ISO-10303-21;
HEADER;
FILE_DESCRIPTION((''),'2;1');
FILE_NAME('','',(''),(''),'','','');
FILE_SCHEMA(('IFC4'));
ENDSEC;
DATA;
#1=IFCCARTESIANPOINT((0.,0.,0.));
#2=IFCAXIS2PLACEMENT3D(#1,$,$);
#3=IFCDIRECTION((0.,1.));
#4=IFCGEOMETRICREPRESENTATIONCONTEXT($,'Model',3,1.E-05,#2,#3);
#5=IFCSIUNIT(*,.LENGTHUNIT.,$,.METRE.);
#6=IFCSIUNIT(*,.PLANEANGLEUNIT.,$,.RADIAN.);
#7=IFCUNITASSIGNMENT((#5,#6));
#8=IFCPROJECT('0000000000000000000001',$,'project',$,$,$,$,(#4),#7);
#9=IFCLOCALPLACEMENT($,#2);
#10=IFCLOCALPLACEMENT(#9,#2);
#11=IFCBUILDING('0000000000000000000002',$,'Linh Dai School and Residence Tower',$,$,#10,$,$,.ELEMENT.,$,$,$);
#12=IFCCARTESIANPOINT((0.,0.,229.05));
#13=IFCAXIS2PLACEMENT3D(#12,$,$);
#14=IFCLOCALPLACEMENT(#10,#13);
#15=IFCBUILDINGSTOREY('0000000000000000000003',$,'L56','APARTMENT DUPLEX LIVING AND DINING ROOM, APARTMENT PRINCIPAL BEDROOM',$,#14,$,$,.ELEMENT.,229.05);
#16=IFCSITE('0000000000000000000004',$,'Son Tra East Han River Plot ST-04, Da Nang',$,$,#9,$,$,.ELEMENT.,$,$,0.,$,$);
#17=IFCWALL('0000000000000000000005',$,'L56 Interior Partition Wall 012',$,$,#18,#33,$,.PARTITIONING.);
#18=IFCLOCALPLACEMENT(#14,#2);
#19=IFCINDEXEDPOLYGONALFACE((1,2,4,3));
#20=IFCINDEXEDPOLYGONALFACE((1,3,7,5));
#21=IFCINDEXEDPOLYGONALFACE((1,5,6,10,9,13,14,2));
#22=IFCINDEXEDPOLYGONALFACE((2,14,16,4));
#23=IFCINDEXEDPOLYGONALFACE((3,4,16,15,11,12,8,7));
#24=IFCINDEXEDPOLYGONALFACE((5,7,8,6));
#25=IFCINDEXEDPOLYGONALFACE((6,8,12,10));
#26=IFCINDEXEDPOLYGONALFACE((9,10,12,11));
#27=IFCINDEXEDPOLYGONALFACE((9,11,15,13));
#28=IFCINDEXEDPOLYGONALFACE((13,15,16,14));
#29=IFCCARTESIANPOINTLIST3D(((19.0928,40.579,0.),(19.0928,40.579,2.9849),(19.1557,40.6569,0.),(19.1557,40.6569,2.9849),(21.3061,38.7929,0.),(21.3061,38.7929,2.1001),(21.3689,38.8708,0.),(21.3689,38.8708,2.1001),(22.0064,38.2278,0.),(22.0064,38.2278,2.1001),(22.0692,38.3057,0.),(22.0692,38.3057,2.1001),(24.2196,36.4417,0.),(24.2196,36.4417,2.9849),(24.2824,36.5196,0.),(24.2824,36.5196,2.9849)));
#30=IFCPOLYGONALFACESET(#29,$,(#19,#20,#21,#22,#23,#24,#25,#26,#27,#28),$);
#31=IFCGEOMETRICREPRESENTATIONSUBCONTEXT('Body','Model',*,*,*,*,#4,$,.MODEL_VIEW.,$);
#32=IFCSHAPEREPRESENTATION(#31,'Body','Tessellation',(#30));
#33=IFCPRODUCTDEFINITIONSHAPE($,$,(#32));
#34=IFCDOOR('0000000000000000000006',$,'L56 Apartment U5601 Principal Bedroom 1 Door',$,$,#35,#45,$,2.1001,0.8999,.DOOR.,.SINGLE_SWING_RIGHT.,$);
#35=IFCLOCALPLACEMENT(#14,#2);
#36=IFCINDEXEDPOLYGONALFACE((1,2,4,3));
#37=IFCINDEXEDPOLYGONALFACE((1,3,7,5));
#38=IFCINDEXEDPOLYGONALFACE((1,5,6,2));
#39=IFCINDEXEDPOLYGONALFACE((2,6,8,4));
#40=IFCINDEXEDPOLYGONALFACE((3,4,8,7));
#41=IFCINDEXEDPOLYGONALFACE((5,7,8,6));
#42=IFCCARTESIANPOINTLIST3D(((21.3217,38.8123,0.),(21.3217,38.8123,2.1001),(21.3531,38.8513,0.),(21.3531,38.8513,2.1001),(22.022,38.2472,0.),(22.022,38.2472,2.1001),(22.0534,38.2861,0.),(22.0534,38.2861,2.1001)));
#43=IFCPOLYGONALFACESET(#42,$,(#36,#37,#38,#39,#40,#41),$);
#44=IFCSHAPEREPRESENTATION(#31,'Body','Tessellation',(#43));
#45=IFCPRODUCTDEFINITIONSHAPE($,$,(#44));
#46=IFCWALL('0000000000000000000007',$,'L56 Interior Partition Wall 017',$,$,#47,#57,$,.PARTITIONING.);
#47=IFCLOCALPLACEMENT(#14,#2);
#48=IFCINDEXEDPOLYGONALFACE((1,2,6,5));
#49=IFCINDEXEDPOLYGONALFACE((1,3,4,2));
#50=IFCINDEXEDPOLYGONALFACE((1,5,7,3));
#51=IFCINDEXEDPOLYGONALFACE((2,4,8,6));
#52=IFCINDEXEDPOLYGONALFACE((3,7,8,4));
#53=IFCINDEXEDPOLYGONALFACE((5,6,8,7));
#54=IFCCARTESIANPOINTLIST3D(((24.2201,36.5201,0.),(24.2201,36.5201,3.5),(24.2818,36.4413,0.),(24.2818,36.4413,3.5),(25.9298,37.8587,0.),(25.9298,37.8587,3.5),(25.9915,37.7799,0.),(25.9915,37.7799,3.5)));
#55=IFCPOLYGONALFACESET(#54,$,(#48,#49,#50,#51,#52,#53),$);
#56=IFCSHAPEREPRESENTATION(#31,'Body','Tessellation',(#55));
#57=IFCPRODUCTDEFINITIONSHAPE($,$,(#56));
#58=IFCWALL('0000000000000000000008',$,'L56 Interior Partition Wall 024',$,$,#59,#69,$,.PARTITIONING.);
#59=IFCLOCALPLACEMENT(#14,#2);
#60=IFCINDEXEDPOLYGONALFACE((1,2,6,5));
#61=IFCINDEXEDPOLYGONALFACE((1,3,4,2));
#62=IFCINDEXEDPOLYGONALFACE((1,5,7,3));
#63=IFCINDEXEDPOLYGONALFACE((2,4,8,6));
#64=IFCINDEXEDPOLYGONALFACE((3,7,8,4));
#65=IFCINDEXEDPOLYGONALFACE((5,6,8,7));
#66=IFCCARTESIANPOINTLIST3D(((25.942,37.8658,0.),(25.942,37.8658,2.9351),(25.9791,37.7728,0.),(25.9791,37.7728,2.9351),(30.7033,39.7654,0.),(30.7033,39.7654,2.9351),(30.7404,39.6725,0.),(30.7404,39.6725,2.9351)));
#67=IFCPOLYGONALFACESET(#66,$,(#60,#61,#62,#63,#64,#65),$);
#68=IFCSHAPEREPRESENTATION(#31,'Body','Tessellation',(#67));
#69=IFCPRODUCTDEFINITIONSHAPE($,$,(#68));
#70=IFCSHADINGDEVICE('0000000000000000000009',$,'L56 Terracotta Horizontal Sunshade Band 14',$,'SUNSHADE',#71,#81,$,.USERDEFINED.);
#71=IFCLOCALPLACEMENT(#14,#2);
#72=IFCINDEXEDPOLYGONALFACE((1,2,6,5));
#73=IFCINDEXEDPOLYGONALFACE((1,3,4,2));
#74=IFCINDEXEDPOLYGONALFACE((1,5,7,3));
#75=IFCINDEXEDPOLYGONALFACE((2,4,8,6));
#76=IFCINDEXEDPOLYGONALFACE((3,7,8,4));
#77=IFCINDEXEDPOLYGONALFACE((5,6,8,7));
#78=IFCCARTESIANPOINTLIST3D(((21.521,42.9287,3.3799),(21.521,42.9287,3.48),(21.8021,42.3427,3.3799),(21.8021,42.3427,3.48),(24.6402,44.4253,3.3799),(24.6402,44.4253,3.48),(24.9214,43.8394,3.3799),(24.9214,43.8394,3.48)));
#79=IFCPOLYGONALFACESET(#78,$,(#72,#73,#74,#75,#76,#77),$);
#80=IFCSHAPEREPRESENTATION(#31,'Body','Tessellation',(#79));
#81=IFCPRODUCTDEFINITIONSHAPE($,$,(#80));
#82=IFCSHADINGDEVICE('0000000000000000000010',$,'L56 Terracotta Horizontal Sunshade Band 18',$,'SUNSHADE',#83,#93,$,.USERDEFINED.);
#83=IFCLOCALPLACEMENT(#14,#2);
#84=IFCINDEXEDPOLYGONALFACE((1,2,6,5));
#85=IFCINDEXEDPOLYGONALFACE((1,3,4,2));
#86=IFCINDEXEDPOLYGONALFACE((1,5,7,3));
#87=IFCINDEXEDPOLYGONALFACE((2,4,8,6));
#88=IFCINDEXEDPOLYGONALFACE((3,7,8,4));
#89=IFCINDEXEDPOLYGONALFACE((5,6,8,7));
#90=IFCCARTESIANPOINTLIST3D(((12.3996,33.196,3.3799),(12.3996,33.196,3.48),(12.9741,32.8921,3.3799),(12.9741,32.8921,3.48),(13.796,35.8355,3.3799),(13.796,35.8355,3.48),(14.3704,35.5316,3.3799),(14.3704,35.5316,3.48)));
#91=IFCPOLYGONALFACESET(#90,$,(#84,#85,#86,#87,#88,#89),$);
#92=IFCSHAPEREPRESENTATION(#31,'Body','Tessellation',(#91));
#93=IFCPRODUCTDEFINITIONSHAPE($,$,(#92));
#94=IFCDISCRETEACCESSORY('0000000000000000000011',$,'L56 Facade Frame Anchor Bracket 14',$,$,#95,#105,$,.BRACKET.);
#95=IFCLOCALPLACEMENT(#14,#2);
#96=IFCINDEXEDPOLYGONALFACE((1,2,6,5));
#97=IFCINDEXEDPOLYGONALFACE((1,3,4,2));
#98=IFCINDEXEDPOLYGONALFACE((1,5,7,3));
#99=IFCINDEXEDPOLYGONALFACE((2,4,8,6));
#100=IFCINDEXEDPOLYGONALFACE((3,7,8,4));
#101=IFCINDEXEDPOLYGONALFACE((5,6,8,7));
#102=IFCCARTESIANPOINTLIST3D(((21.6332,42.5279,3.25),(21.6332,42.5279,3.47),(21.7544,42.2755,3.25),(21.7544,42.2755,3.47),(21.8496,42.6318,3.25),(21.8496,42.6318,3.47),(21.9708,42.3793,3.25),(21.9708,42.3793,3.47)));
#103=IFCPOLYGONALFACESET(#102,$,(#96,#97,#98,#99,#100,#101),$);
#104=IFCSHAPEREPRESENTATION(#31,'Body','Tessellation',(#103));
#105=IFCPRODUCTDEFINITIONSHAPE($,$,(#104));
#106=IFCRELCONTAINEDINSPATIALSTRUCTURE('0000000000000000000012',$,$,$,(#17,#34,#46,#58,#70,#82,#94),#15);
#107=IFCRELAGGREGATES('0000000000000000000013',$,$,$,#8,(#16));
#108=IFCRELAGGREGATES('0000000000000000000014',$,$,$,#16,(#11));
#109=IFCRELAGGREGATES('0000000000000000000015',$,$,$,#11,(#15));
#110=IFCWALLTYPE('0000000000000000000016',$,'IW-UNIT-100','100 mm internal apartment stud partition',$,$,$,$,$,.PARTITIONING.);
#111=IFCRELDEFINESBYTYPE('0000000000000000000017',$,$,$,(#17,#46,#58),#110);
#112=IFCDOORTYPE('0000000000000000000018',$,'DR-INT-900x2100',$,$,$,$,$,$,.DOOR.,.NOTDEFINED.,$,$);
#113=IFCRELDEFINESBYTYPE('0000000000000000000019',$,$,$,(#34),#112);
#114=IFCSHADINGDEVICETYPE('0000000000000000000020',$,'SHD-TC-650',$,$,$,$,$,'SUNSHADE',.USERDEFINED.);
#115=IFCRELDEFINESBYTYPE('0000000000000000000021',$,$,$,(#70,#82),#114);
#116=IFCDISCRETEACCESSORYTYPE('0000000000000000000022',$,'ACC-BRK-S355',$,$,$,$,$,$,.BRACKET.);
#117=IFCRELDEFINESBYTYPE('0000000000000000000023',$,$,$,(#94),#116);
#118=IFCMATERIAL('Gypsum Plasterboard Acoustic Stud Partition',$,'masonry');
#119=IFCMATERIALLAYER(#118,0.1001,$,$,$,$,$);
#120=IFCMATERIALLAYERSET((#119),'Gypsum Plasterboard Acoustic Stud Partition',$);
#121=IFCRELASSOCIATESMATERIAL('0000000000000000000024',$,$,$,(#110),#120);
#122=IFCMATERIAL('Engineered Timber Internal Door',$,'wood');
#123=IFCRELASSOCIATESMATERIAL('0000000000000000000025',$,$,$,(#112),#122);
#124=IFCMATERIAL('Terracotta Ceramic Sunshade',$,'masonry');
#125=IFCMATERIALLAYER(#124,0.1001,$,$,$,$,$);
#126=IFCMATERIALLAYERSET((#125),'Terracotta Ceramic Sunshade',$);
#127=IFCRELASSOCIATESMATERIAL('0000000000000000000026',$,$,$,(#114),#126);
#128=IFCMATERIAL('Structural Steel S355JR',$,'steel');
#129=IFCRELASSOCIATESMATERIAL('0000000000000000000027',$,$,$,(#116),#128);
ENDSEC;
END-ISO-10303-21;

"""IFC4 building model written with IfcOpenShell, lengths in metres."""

from ifc_helpers import new_model, si_unit, direction, frame, frame_2d, origin, origin_2d, place, context, subcontext, project, spatial, rectangle, extrude, source, transform, mapped, material, layer, layer_set, type_object, element, fill, save


model = new_model("IFC4")

# Units and contexts
model_context = context("Model", 3, precision=1e-05, world=origin(), true_north=direction((0.0, 1.0)))
body_context = subcontext(model_context, "Body", "Model", "MODEL_VIEW")
ifc_project = project(units=[si_unit("LENGTHUNIT", "METRE"), si_unit("PLANEANGLEUNIT", "RADIAN")], contexts=[model_context])

# Site, building, storey
site_placement = place(None, origin())
site = spatial("IfcSite", under=ifc_project, at=site_placement, Name="Son Tra East Han River Plot ST-04, Da Nang", CompositionType="ELEMENT", RefElevation=0.0)
building_placement = place(site_placement, origin())
building = spatial("IfcBuilding", under=site, at=building_placement, Name="Linh Dai School and Residence Tower", CompositionType="ELEMENT")
storey_placement = place(building_placement, frame((0.0, 0.0, 229.05)))
storey = spatial("IfcBuildingStorey", under=building, at=storey_placement, Name="L56", Description="APARTMENT DUPLEX LIVING AND DINING ROOM, APARTMENT PRINCIPAL BEDROOM", CompositionType="ELEMENT", Elevation=229.05)

# Shared definitions
ifc_material_1 = material(Name="Structural Steel S355JR", Category="steel")

# Wall, opening, door
ifc_material_2 = material(Name="Gypsum Plasterboard Acoustic Stud Partition", Category="masonry")
ifc_layer_1 = layer(ifc_material_2, 0.1001)
ifc_layer_set_1 = layer_set([ifc_layer_1], Name="Gypsum Plasterboard Acoustic Stud Partition")
wall_type_1 = type_object("IfcWallType", Name="IW-UNIT-100", Description="100 mm internal apartment stud partition", PredefinedType="PARTITIONING", material=ifc_layer_set_1)
wall_1_placement = place(storey_placement, frame((19.1243, 40.6179, 0.0), z_axis=(0.0, 0.0, 1.0), x_axis=(0.778208, -0.628007, 0.0)))
wall_1 = element("IfcWall", 1, at=wall_1_placement, inside=storey, type_object=wall_type_1, Name="L56 Interior Partition Wall 012", PredefinedType="PARTITIONING", context=body_context, shape_type="SweptSolid", body=[
    extrude(rectangle(XDim=6.5879, YDim=0.1001, at=frame_2d((3.2939, 0.0))), origin(), (0.0, 0.0, 1.0), 2.9849),
])
opening_1_placement = place(wall_1_placement, frame((2.844, 0.0, 0.0)))
opening_1 = element("IfcOpeningElement", 2, at=opening_1_placement, cuts=wall_1, PredefinedType="OPENING", context=body_context, shape_type="SweptSolid", body=[
    extrude(rectangle(XDim=0.8999, YDim=2.1001, at=origin_2d()), frame((0.45, 0.0601, 1.05), z_axis=(0.0, -1.0, 0.0), x_axis=(1.0, 0.0, 0.0)), (0.0, 0.0, 1.0), 0.1201),
])
ifc_material_3 = material(Name="Engineered Timber Internal Door", Category="wood")
door_type_1 = type_object("IfcDoorType", Name="DR-INT-900x2100", OperationType="NOTDEFINED", PredefinedType="DOOR", material=ifc_material_3)
shared_shape_1 = source(origin(), body_context, "Body", "SweptSolid", [
    extrude(rectangle(XDim=0.8999, YDim=2.1001, at=origin_2d()), frame((0.45, 0.0249, 1.05), z_axis=(0.0, -1.0, 0.0), x_axis=(1.0, 0.0, 0.0)), (0.0, 0.0, 1.0), 0.05),
])
door_1_placement = place(opening_1_placement, origin())
door_1 = element("IfcDoor", 3, at=door_1_placement, inside=storey, type_object=door_type_1, Name="L56 Apartment U5601 Principal Bedroom 1 Door", OperationType="SINGLE_SWING_RIGHT", OverallHeight=2.1001, OverallWidth=0.8999, PredefinedType="DOOR", context=body_context, shape_type="MappedRepresentation", body=[
    mapped(shared_shape_1, transform((0.0, 0.0, 0.0), x_axis=(1.0, 0.0, 0.0), y_axis=(0.0, 1.0, 0.0), z_axis=(0.0, 0.0, 1.0), scale=1.0)),
])
fill(opening_1, door_1)

# Walls
wall_2_placement = place(storey_placement, frame((24.251, 36.4807, 0.0), z_axis=(0.0, 0.0, 1.0), x_axis=(0.787374, 0.616475, 0.0)))
element("IfcWall", 4, at=wall_2_placement, inside=storey, type_object=wall_type_1, Name="L56 Interior Partition Wall 017", PredefinedType="PARTITIONING", context=body_context, shape_type="SweptSolid", body=[
    extrude(rectangle(XDim=2.1714, YDim=0.1001, at=frame_2d((1.0857, 0.0))), origin(), (0.0, 0.0, 1.0), 3.5),
])
wall_3_placement = place(storey_placement, frame((25.9607, 37.8193, 0.0), z_axis=(0.0, 0.0, 1.0), x_axis=(0.928802, 0.370578, 0.0)))
element("IfcWall", 5, at=wall_3_placement, inside=storey, type_object=wall_type_1, Name="L56 Interior Partition Wall 024", PredefinedType="PARTITIONING", context=body_context, shape_type="SweptSolid", body=[
    extrude(rectangle(XDim=5.1262, YDim=0.1001, at=frame_2d((2.563, 0.0))), origin(), (0.0, 0.0, 1.0), 2.9351),
])

# Shading devices
ifc_material_4 = material(Name="Terracotta Ceramic Sunshade", Category="masonry")
ifc_layer_2 = layer(ifc_material_4, 0.1001)
ifc_layer_set_2 = layer_set([ifc_layer_2], Name="Terracotta Ceramic Sunshade")
shading_device_type = type_object("IfcShadingDeviceType", Name="SHD-TC-650", ElementType="SUNSHADE", PredefinedType="USERDEFINED", material=ifc_layer_set_2)
shared_shape_2 = source(origin(), body_context, "Body", "SweptSolid", [
    extrude(rectangle(XDim=3.4597, YDim=0.6499, at=origin_2d()), origin(), (0.0, 0.0, 1.0), 0.1001),
])
shading_device_1_placement = place(storey_placement, frame((23.2212, 43.384, 3.3799), z_axis=(0.0, 0.0, 1.0), x_axis=(0.901589, 0.432594, 0.0)))
element("IfcShadingDevice", 6, at=shading_device_1_placement, inside=storey, type_object=shading_device_type, Name="L56 Terracotta Horizontal Sunshade Band 14", ObjectType="SUNSHADE", PredefinedType="USERDEFINED", context=body_context, shape_type="MappedRepresentation", body=[
    mapped(shared_shape_2, transform((0.0, 0.0, 0.0), x_axis=(1.0, 0.0, 0.0), y_axis=(0.0, 1.0, 0.0), z_axis=(0.0, 0.0, 1.0), scale=1.0)),
])
shared_shape_3 = source(origin(), body_context, "Body", "SweptSolid", [
    extrude(rectangle(XDim=2.9861, YDim=0.6499, at=origin_2d()), origin(), (0.0, 0.0, 1.0), 0.1001),
])
shading_device_2_placement = place(storey_placement, frame((13.385, 34.3638, 3.3799), z_axis=(0.0, 0.0, 1.0), x_axis=(0.467621, 0.883929, 0.0)))
element("IfcShadingDevice", 7, at=shading_device_2_placement, inside=storey, type_object=shading_device_type, Name="L56 Terracotta Horizontal Sunshade Band 18", ObjectType="SUNSHADE", PredefinedType="USERDEFINED", context=body_context, shape_type="MappedRepresentation", body=[
    mapped(shared_shape_3, transform((0.0, 0.0, 0.0), x_axis=(1.0, 0.0, 0.0), y_axis=(0.0, 1.0, 0.0), z_axis=(0.0, 0.0, 1.0), scale=1.0)),
])

# Discrete accessory
discrete_accessory_type = type_object("IfcDiscreteAccessoryType", Name="ACC-BRK-S355", PredefinedType="BRACKET", material=ifc_material_1)
shared_shape_4 = source(origin(), body_context, "Body", "SweptSolid", [
    extrude(rectangle(XDim=0.28, YDim=0.24, at=origin_2d()), origin(), (0.0, 0.0, 1.0), 0.22),
])
discrete_accessory_placement = place(storey_placement, frame((21.802, 42.4536, 3.25), z_axis=(0.0, 0.0, 1.0), x_axis=(-0.432594, 0.901589, 0.0)))
element("IfcDiscreteAccessory", 8, at=discrete_accessory_placement, inside=storey, type_object=discrete_accessory_type, Name="L56 Facade Frame Anchor Bracket 14", PredefinedType="BRACKET", context=body_context, shape_type="MappedRepresentation", body=[
    mapped(shared_shape_4, transform((0.0, 0.0, 0.0), x_axis=(1.0, 0.0, 0.0), y_axis=(0.0, 1.0, 0.0), z_axis=(0.0, 0.0, 1.0), scale=1.0)),
])

save(model, "model.ifc")
